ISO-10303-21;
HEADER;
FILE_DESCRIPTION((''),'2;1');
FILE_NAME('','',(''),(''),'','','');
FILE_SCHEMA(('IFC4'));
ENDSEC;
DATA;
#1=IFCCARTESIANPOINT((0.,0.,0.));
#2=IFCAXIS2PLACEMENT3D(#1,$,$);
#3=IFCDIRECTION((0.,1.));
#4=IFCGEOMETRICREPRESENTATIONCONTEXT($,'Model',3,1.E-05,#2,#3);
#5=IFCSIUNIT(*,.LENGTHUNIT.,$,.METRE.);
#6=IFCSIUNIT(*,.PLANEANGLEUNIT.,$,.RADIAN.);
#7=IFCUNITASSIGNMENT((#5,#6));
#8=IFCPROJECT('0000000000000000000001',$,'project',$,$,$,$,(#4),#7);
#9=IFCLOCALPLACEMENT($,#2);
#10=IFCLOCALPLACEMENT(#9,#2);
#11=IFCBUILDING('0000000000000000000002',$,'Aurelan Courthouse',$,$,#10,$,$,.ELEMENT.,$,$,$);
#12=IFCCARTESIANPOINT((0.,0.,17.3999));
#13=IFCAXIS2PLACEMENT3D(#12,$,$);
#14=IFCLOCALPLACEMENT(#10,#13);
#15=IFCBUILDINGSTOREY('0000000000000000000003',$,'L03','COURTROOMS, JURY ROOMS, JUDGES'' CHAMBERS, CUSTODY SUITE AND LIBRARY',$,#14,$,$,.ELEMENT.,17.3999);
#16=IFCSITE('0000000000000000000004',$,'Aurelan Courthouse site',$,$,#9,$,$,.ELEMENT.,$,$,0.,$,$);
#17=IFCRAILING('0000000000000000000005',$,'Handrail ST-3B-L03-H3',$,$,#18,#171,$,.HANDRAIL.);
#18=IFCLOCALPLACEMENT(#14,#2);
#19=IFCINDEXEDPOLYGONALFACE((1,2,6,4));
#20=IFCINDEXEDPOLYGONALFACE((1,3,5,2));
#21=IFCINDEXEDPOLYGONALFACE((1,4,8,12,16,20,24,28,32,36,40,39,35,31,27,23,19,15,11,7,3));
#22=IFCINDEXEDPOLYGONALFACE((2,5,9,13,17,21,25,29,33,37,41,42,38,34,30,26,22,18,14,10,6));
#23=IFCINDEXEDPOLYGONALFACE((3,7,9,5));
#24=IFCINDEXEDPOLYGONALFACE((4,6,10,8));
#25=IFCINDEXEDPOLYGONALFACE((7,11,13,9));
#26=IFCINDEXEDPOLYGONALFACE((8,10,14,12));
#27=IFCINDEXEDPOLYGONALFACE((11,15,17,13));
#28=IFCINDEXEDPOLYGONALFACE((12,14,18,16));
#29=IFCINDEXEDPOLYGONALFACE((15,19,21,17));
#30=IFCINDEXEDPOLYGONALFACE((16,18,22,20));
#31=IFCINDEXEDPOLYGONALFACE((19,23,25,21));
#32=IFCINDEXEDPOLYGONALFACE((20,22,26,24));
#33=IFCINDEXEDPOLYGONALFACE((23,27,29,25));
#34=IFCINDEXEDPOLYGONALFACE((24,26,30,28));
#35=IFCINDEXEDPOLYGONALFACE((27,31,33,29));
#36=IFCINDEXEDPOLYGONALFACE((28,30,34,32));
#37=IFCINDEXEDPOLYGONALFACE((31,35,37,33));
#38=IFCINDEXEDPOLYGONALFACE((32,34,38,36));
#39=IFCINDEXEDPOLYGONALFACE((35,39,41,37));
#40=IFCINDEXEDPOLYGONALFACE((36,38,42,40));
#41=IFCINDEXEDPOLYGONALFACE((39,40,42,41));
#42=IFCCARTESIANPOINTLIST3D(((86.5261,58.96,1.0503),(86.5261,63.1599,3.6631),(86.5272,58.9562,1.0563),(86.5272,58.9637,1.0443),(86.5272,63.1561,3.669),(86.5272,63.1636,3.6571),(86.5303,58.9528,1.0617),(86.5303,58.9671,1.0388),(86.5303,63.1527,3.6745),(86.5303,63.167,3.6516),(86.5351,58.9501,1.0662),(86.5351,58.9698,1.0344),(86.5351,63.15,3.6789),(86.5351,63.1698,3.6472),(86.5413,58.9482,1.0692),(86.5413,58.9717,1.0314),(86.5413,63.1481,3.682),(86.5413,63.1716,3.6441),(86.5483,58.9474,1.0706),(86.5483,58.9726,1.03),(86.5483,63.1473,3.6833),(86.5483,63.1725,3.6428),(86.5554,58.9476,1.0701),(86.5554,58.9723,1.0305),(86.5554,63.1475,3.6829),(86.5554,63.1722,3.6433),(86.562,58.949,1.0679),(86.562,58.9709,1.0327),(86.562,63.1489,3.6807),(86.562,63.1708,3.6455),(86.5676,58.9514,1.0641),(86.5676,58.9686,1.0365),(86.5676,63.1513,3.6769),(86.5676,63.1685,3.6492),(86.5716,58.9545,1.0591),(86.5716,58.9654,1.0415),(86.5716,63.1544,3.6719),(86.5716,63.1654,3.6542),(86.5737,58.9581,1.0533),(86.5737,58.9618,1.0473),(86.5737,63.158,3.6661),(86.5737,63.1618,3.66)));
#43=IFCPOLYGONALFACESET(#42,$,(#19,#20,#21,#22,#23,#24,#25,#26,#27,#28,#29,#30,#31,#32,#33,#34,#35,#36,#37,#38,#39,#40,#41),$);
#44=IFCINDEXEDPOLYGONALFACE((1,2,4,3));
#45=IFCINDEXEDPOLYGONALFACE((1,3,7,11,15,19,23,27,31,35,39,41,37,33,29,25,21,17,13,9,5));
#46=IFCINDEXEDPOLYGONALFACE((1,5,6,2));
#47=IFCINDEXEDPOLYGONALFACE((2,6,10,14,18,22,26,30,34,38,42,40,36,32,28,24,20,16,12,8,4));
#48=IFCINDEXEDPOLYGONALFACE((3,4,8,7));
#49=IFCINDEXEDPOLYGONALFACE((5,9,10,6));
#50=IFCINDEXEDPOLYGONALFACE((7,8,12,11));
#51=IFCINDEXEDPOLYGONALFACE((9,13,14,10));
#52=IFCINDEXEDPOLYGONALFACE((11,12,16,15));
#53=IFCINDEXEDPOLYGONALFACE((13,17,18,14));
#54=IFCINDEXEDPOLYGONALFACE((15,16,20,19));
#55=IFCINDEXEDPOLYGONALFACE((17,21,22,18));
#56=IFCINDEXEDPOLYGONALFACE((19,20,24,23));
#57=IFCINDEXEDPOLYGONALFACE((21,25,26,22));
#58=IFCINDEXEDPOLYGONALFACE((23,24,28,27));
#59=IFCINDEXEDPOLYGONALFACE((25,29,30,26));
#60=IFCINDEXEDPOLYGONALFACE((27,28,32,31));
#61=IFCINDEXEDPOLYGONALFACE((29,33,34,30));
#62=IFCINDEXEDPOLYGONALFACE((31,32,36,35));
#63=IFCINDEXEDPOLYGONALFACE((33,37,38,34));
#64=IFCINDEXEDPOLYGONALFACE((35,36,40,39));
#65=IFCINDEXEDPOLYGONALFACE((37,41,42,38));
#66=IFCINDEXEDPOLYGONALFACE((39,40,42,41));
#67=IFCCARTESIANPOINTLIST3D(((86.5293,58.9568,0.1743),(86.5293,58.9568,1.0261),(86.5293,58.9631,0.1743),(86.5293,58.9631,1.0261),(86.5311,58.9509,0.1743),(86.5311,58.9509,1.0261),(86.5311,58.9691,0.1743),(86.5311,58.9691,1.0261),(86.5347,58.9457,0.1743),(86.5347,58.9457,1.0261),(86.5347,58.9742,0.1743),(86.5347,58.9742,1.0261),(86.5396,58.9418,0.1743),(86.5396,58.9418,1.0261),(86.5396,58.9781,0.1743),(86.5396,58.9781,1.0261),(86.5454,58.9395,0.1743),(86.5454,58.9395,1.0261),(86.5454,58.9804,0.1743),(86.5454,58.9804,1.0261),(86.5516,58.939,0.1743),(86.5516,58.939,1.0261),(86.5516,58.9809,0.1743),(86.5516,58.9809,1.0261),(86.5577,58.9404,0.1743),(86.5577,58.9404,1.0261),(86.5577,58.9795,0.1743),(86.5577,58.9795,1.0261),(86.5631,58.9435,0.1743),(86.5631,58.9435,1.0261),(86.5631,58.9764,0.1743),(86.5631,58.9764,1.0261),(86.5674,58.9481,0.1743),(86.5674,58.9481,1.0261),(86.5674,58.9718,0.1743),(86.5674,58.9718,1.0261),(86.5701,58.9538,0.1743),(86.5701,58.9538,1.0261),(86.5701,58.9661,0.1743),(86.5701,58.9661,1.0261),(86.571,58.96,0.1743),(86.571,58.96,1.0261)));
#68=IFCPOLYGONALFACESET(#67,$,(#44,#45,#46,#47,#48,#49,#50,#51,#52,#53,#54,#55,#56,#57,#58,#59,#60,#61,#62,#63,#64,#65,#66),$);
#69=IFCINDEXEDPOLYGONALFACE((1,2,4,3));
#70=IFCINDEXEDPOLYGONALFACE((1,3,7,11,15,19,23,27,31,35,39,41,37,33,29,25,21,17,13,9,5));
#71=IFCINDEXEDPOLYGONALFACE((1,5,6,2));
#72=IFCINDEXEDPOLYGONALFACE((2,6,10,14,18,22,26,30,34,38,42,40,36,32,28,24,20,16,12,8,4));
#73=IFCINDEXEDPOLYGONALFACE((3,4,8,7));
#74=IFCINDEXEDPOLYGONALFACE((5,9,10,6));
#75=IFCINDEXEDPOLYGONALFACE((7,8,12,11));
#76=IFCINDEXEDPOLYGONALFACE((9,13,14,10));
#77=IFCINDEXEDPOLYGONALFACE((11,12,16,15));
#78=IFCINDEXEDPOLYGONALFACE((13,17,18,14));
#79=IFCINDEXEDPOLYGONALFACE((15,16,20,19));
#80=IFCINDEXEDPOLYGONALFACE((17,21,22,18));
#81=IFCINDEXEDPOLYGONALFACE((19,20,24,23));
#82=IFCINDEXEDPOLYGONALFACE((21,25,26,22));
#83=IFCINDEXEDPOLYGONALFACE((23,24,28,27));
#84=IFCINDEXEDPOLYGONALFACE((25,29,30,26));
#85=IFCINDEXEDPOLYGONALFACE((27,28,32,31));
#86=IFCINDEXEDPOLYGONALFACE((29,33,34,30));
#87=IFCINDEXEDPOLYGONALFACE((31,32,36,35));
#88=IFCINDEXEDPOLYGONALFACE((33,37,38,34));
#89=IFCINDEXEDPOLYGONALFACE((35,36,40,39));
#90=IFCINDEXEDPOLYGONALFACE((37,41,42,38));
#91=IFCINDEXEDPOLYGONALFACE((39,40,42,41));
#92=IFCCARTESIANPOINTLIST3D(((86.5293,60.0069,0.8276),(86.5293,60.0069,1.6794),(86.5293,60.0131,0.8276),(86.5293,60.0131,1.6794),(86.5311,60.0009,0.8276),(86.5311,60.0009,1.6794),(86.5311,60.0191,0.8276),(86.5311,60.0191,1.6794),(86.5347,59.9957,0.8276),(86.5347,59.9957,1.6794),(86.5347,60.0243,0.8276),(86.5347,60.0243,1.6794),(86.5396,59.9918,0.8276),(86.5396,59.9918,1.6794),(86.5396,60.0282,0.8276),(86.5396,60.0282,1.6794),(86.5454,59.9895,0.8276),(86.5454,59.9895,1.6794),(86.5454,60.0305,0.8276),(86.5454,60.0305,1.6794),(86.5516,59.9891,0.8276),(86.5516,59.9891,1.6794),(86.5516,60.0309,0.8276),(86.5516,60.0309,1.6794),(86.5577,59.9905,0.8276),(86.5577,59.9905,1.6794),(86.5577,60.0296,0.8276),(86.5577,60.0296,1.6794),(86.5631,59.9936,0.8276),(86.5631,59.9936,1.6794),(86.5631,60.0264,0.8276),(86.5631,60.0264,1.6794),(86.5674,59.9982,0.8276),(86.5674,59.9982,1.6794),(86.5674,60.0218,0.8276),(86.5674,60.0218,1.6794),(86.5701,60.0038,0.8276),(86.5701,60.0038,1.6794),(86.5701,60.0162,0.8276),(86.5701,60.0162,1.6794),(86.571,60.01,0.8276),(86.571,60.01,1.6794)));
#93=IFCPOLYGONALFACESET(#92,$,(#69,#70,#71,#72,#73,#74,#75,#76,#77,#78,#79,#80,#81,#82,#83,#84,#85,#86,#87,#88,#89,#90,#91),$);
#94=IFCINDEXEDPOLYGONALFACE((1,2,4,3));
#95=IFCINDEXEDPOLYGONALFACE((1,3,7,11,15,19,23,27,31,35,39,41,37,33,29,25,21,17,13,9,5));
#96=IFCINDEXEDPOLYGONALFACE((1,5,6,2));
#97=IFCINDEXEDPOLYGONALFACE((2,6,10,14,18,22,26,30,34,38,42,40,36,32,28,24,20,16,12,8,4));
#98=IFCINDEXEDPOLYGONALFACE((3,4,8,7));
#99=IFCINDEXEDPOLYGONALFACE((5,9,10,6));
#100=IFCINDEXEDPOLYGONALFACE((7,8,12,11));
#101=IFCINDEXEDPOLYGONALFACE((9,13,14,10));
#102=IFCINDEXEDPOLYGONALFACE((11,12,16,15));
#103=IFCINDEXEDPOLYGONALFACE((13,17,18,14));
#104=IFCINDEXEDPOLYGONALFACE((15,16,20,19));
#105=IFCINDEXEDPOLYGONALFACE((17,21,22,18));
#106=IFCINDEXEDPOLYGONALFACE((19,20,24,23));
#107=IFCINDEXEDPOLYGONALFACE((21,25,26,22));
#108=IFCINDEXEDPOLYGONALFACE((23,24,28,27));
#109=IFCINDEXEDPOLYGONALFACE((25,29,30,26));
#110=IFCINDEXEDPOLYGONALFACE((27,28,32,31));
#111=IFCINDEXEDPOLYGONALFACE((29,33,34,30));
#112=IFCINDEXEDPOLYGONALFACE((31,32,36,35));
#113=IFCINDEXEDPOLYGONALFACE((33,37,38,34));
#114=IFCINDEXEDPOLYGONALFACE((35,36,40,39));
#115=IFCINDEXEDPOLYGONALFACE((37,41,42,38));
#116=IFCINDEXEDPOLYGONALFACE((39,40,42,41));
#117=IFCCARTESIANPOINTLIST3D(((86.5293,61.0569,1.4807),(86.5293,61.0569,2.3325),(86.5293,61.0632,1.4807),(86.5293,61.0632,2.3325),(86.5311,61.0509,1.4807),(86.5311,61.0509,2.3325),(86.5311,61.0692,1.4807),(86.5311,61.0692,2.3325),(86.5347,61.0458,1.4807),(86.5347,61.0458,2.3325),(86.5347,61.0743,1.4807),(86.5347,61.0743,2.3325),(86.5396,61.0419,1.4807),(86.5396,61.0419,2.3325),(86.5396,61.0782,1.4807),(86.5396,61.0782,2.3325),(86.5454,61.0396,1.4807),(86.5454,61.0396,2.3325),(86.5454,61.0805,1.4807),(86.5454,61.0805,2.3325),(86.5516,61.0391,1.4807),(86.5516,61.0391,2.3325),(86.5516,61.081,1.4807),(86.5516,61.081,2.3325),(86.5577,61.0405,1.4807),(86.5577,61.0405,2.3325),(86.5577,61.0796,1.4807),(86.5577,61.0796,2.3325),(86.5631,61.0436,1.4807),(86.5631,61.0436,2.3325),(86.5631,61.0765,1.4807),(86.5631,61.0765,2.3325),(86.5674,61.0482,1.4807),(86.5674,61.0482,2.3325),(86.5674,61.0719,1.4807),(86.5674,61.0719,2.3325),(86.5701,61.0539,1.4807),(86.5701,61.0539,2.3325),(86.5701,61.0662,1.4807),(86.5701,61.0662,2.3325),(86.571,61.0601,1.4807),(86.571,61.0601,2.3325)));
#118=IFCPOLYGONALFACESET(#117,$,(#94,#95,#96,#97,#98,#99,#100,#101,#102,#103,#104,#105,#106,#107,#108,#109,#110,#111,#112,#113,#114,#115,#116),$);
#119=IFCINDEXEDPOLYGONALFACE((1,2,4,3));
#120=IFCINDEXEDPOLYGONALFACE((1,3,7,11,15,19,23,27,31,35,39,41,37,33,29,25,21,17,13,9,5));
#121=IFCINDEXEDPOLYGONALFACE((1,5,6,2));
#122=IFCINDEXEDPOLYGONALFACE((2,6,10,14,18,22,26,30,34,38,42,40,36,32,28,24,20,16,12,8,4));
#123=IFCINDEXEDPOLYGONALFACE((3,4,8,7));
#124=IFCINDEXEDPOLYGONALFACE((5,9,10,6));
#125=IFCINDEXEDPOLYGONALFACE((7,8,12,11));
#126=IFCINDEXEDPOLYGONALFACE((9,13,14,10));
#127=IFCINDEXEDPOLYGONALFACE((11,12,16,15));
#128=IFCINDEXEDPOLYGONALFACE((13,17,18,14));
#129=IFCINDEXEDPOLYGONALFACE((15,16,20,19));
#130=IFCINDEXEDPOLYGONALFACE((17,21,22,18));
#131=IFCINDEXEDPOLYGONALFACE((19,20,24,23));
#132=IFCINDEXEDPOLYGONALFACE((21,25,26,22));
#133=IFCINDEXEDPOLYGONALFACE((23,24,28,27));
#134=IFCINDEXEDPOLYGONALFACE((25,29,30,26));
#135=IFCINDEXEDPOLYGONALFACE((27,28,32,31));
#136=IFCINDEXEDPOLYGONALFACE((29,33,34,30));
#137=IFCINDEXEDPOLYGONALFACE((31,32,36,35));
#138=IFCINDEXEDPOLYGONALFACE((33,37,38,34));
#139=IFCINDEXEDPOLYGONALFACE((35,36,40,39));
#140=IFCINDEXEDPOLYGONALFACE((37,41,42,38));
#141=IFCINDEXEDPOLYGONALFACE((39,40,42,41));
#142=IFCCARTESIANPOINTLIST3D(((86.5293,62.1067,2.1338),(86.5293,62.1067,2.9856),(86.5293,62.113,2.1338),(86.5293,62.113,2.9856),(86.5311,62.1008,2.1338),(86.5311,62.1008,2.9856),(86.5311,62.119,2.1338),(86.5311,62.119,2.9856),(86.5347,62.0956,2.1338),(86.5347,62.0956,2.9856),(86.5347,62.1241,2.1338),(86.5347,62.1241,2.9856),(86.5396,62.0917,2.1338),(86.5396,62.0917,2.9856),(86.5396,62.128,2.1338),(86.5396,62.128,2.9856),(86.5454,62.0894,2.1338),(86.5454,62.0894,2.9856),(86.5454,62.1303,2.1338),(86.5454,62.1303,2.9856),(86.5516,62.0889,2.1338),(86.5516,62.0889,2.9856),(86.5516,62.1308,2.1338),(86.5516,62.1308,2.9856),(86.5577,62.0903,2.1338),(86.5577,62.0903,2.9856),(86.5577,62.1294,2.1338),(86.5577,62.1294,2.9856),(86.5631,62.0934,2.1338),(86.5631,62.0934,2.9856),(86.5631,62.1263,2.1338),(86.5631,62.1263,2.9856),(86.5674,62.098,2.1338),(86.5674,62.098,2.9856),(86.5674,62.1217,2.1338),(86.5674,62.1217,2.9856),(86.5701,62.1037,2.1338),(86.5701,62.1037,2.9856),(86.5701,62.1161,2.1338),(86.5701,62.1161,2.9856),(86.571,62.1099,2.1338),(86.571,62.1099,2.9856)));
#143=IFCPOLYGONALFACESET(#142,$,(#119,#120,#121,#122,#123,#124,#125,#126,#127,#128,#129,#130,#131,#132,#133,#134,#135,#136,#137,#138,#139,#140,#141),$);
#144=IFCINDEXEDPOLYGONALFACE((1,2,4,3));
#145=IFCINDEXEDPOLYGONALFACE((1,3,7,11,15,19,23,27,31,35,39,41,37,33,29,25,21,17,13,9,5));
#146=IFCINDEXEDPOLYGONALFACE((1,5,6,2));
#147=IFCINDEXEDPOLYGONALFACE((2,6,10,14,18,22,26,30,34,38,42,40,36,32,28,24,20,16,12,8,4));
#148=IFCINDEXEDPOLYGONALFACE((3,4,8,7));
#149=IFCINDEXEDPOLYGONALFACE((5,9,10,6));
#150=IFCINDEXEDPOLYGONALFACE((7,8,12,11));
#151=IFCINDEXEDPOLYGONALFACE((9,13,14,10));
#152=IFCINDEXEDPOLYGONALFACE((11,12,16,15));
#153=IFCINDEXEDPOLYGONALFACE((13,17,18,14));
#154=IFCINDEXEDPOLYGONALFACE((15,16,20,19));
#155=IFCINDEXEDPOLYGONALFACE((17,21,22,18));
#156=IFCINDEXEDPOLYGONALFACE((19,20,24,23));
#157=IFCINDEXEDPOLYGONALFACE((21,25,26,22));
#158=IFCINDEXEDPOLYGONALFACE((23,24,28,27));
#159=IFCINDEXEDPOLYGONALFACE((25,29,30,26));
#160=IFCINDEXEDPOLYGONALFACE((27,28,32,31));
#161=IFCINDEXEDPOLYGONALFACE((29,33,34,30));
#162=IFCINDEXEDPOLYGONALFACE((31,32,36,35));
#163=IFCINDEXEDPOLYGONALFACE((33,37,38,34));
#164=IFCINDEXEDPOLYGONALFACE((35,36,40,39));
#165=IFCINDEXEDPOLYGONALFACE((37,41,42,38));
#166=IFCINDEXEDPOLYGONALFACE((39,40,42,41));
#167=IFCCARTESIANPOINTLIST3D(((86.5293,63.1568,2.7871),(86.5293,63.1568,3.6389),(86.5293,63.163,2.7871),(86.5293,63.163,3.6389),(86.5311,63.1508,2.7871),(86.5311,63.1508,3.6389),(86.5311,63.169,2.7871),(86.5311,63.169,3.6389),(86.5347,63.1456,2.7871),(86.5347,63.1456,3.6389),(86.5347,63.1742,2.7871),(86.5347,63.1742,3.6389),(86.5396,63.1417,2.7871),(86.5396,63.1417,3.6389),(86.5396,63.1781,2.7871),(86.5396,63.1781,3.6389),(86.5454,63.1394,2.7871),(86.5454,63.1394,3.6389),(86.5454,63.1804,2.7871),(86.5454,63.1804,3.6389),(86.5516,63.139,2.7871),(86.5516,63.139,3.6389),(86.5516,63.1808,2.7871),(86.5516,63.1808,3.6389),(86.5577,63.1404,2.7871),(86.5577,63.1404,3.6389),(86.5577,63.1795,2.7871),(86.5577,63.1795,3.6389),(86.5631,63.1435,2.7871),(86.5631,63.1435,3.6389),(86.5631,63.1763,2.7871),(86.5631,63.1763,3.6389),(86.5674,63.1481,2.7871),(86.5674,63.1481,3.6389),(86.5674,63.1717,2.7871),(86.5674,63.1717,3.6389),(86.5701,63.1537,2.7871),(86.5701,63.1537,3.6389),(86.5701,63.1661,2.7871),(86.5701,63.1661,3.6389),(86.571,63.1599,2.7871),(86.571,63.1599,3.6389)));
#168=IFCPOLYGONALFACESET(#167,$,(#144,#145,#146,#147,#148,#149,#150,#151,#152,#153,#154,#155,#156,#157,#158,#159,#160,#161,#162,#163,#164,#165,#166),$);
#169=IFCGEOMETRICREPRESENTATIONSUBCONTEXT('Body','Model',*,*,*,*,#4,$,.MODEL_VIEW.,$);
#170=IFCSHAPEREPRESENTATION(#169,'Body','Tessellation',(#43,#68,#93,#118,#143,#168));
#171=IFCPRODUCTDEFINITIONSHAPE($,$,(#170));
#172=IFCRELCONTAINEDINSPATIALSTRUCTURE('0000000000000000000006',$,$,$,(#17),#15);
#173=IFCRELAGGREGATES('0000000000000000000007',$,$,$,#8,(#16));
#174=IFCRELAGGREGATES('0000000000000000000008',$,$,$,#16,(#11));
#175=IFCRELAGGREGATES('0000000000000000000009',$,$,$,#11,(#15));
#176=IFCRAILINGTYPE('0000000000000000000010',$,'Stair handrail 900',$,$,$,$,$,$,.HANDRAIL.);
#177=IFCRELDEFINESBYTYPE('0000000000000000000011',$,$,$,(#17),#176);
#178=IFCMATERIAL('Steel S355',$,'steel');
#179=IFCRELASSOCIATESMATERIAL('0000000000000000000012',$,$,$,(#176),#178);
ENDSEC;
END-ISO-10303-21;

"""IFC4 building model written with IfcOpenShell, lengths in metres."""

from ifc_helpers import new_model, si_unit, direction, frame, origin, origin_2d, place, context, subcontext, project, spatial, circle, extrude, material, type_object, element, save


model = new_model("IFC4")

# Units and contexts
model_context = context("Model", 3, precision=1e-05, world=origin(), true_north=direction((0.0, 1.0)))
body_context = subcontext(model_context, "Body", "Model", "MODEL_VIEW")
ifc_project = project(units=[si_unit("LENGTHUNIT", "METRE"), si_unit("PLANEANGLEUNIT", "RADIAN")], contexts=[model_context])

# Site, building, storey
site_placement = place(None, origin())
site = spatial("IfcSite", under=ifc_project, at=site_placement, Name="Aurelan Courthouse site", CompositionType="ELEMENT", RefElevation=0.0)
building_placement = place(site_placement, origin())
building = spatial("IfcBuilding", under=site, at=building_placement, Name="Aurelan Courthouse", CompositionType="ELEMENT")
storey_placement = place(building_placement, frame((0.0, 0.0, 17.3999)))
storey = spatial("IfcBuildingStorey", under=building, at=storey_placement, Name="L03", Description="COURTROOMS, JURY ROOMS, JUDGES' CHAMBERS, CUSTODY SUITE AND LIBRARY", CompositionType="ELEMENT", Elevation=17.3999)

# Railing
ifc_material_1 = material(Name="Steel S355", Category="steel")
railing_type_1 = type_object("IfcRailingType", Name="Stair handrail 900", PredefinedType="HANDRAIL", material=ifc_material_1)
for number, where, name in (
    (1, (86.55, 58.96, 0.1743), "Handrail ST-3B-L03-H3"),
):
    element("IfcRailing", number, at=place(storey_placement, frame(where)), inside=storey, type_object=railing_type_1, Name=name, PredefinedType="HANDRAIL", context=body_context, shape_type="SweptSolid", body=[
        extrude(circle(Radius=0.0239, at=origin_2d()), frame((0.0, 0.0, 0.876), z_axis=(0.0, 0.849103, 0.528228), x_axis=(-1.0, 0.0, 0.0)), (0.0, 0.0, 1.0), 4.9463),
        extrude(circle(Radius=0.021, at=origin_2d()), origin(), (0.0, 0.0, 1.0), 0.8518),
        extrude(circle(Radius=0.021, at=origin_2d()), frame((0.0, 1.05, 0.6533)), (0.0, 0.0, 1.0), 0.8518),
        extrude(circle(Radius=0.021, at=origin_2d()), frame((0.0, 2.1001, 1.3064)), (0.0, 0.0, 1.0), 0.8518),
        extrude(circle(Radius=0.021, at=origin_2d()), frame((0.0, 3.1499, 1.9595)), (0.0, 0.0, 1.0), 0.8518),
        extrude(circle(Radius=0.021, at=origin_2d()), frame((0.0, 4.2, 2.6128)), (0.0, 0.0, 1.0), 0.8518),
    ])

save(model, "model.ifc")
